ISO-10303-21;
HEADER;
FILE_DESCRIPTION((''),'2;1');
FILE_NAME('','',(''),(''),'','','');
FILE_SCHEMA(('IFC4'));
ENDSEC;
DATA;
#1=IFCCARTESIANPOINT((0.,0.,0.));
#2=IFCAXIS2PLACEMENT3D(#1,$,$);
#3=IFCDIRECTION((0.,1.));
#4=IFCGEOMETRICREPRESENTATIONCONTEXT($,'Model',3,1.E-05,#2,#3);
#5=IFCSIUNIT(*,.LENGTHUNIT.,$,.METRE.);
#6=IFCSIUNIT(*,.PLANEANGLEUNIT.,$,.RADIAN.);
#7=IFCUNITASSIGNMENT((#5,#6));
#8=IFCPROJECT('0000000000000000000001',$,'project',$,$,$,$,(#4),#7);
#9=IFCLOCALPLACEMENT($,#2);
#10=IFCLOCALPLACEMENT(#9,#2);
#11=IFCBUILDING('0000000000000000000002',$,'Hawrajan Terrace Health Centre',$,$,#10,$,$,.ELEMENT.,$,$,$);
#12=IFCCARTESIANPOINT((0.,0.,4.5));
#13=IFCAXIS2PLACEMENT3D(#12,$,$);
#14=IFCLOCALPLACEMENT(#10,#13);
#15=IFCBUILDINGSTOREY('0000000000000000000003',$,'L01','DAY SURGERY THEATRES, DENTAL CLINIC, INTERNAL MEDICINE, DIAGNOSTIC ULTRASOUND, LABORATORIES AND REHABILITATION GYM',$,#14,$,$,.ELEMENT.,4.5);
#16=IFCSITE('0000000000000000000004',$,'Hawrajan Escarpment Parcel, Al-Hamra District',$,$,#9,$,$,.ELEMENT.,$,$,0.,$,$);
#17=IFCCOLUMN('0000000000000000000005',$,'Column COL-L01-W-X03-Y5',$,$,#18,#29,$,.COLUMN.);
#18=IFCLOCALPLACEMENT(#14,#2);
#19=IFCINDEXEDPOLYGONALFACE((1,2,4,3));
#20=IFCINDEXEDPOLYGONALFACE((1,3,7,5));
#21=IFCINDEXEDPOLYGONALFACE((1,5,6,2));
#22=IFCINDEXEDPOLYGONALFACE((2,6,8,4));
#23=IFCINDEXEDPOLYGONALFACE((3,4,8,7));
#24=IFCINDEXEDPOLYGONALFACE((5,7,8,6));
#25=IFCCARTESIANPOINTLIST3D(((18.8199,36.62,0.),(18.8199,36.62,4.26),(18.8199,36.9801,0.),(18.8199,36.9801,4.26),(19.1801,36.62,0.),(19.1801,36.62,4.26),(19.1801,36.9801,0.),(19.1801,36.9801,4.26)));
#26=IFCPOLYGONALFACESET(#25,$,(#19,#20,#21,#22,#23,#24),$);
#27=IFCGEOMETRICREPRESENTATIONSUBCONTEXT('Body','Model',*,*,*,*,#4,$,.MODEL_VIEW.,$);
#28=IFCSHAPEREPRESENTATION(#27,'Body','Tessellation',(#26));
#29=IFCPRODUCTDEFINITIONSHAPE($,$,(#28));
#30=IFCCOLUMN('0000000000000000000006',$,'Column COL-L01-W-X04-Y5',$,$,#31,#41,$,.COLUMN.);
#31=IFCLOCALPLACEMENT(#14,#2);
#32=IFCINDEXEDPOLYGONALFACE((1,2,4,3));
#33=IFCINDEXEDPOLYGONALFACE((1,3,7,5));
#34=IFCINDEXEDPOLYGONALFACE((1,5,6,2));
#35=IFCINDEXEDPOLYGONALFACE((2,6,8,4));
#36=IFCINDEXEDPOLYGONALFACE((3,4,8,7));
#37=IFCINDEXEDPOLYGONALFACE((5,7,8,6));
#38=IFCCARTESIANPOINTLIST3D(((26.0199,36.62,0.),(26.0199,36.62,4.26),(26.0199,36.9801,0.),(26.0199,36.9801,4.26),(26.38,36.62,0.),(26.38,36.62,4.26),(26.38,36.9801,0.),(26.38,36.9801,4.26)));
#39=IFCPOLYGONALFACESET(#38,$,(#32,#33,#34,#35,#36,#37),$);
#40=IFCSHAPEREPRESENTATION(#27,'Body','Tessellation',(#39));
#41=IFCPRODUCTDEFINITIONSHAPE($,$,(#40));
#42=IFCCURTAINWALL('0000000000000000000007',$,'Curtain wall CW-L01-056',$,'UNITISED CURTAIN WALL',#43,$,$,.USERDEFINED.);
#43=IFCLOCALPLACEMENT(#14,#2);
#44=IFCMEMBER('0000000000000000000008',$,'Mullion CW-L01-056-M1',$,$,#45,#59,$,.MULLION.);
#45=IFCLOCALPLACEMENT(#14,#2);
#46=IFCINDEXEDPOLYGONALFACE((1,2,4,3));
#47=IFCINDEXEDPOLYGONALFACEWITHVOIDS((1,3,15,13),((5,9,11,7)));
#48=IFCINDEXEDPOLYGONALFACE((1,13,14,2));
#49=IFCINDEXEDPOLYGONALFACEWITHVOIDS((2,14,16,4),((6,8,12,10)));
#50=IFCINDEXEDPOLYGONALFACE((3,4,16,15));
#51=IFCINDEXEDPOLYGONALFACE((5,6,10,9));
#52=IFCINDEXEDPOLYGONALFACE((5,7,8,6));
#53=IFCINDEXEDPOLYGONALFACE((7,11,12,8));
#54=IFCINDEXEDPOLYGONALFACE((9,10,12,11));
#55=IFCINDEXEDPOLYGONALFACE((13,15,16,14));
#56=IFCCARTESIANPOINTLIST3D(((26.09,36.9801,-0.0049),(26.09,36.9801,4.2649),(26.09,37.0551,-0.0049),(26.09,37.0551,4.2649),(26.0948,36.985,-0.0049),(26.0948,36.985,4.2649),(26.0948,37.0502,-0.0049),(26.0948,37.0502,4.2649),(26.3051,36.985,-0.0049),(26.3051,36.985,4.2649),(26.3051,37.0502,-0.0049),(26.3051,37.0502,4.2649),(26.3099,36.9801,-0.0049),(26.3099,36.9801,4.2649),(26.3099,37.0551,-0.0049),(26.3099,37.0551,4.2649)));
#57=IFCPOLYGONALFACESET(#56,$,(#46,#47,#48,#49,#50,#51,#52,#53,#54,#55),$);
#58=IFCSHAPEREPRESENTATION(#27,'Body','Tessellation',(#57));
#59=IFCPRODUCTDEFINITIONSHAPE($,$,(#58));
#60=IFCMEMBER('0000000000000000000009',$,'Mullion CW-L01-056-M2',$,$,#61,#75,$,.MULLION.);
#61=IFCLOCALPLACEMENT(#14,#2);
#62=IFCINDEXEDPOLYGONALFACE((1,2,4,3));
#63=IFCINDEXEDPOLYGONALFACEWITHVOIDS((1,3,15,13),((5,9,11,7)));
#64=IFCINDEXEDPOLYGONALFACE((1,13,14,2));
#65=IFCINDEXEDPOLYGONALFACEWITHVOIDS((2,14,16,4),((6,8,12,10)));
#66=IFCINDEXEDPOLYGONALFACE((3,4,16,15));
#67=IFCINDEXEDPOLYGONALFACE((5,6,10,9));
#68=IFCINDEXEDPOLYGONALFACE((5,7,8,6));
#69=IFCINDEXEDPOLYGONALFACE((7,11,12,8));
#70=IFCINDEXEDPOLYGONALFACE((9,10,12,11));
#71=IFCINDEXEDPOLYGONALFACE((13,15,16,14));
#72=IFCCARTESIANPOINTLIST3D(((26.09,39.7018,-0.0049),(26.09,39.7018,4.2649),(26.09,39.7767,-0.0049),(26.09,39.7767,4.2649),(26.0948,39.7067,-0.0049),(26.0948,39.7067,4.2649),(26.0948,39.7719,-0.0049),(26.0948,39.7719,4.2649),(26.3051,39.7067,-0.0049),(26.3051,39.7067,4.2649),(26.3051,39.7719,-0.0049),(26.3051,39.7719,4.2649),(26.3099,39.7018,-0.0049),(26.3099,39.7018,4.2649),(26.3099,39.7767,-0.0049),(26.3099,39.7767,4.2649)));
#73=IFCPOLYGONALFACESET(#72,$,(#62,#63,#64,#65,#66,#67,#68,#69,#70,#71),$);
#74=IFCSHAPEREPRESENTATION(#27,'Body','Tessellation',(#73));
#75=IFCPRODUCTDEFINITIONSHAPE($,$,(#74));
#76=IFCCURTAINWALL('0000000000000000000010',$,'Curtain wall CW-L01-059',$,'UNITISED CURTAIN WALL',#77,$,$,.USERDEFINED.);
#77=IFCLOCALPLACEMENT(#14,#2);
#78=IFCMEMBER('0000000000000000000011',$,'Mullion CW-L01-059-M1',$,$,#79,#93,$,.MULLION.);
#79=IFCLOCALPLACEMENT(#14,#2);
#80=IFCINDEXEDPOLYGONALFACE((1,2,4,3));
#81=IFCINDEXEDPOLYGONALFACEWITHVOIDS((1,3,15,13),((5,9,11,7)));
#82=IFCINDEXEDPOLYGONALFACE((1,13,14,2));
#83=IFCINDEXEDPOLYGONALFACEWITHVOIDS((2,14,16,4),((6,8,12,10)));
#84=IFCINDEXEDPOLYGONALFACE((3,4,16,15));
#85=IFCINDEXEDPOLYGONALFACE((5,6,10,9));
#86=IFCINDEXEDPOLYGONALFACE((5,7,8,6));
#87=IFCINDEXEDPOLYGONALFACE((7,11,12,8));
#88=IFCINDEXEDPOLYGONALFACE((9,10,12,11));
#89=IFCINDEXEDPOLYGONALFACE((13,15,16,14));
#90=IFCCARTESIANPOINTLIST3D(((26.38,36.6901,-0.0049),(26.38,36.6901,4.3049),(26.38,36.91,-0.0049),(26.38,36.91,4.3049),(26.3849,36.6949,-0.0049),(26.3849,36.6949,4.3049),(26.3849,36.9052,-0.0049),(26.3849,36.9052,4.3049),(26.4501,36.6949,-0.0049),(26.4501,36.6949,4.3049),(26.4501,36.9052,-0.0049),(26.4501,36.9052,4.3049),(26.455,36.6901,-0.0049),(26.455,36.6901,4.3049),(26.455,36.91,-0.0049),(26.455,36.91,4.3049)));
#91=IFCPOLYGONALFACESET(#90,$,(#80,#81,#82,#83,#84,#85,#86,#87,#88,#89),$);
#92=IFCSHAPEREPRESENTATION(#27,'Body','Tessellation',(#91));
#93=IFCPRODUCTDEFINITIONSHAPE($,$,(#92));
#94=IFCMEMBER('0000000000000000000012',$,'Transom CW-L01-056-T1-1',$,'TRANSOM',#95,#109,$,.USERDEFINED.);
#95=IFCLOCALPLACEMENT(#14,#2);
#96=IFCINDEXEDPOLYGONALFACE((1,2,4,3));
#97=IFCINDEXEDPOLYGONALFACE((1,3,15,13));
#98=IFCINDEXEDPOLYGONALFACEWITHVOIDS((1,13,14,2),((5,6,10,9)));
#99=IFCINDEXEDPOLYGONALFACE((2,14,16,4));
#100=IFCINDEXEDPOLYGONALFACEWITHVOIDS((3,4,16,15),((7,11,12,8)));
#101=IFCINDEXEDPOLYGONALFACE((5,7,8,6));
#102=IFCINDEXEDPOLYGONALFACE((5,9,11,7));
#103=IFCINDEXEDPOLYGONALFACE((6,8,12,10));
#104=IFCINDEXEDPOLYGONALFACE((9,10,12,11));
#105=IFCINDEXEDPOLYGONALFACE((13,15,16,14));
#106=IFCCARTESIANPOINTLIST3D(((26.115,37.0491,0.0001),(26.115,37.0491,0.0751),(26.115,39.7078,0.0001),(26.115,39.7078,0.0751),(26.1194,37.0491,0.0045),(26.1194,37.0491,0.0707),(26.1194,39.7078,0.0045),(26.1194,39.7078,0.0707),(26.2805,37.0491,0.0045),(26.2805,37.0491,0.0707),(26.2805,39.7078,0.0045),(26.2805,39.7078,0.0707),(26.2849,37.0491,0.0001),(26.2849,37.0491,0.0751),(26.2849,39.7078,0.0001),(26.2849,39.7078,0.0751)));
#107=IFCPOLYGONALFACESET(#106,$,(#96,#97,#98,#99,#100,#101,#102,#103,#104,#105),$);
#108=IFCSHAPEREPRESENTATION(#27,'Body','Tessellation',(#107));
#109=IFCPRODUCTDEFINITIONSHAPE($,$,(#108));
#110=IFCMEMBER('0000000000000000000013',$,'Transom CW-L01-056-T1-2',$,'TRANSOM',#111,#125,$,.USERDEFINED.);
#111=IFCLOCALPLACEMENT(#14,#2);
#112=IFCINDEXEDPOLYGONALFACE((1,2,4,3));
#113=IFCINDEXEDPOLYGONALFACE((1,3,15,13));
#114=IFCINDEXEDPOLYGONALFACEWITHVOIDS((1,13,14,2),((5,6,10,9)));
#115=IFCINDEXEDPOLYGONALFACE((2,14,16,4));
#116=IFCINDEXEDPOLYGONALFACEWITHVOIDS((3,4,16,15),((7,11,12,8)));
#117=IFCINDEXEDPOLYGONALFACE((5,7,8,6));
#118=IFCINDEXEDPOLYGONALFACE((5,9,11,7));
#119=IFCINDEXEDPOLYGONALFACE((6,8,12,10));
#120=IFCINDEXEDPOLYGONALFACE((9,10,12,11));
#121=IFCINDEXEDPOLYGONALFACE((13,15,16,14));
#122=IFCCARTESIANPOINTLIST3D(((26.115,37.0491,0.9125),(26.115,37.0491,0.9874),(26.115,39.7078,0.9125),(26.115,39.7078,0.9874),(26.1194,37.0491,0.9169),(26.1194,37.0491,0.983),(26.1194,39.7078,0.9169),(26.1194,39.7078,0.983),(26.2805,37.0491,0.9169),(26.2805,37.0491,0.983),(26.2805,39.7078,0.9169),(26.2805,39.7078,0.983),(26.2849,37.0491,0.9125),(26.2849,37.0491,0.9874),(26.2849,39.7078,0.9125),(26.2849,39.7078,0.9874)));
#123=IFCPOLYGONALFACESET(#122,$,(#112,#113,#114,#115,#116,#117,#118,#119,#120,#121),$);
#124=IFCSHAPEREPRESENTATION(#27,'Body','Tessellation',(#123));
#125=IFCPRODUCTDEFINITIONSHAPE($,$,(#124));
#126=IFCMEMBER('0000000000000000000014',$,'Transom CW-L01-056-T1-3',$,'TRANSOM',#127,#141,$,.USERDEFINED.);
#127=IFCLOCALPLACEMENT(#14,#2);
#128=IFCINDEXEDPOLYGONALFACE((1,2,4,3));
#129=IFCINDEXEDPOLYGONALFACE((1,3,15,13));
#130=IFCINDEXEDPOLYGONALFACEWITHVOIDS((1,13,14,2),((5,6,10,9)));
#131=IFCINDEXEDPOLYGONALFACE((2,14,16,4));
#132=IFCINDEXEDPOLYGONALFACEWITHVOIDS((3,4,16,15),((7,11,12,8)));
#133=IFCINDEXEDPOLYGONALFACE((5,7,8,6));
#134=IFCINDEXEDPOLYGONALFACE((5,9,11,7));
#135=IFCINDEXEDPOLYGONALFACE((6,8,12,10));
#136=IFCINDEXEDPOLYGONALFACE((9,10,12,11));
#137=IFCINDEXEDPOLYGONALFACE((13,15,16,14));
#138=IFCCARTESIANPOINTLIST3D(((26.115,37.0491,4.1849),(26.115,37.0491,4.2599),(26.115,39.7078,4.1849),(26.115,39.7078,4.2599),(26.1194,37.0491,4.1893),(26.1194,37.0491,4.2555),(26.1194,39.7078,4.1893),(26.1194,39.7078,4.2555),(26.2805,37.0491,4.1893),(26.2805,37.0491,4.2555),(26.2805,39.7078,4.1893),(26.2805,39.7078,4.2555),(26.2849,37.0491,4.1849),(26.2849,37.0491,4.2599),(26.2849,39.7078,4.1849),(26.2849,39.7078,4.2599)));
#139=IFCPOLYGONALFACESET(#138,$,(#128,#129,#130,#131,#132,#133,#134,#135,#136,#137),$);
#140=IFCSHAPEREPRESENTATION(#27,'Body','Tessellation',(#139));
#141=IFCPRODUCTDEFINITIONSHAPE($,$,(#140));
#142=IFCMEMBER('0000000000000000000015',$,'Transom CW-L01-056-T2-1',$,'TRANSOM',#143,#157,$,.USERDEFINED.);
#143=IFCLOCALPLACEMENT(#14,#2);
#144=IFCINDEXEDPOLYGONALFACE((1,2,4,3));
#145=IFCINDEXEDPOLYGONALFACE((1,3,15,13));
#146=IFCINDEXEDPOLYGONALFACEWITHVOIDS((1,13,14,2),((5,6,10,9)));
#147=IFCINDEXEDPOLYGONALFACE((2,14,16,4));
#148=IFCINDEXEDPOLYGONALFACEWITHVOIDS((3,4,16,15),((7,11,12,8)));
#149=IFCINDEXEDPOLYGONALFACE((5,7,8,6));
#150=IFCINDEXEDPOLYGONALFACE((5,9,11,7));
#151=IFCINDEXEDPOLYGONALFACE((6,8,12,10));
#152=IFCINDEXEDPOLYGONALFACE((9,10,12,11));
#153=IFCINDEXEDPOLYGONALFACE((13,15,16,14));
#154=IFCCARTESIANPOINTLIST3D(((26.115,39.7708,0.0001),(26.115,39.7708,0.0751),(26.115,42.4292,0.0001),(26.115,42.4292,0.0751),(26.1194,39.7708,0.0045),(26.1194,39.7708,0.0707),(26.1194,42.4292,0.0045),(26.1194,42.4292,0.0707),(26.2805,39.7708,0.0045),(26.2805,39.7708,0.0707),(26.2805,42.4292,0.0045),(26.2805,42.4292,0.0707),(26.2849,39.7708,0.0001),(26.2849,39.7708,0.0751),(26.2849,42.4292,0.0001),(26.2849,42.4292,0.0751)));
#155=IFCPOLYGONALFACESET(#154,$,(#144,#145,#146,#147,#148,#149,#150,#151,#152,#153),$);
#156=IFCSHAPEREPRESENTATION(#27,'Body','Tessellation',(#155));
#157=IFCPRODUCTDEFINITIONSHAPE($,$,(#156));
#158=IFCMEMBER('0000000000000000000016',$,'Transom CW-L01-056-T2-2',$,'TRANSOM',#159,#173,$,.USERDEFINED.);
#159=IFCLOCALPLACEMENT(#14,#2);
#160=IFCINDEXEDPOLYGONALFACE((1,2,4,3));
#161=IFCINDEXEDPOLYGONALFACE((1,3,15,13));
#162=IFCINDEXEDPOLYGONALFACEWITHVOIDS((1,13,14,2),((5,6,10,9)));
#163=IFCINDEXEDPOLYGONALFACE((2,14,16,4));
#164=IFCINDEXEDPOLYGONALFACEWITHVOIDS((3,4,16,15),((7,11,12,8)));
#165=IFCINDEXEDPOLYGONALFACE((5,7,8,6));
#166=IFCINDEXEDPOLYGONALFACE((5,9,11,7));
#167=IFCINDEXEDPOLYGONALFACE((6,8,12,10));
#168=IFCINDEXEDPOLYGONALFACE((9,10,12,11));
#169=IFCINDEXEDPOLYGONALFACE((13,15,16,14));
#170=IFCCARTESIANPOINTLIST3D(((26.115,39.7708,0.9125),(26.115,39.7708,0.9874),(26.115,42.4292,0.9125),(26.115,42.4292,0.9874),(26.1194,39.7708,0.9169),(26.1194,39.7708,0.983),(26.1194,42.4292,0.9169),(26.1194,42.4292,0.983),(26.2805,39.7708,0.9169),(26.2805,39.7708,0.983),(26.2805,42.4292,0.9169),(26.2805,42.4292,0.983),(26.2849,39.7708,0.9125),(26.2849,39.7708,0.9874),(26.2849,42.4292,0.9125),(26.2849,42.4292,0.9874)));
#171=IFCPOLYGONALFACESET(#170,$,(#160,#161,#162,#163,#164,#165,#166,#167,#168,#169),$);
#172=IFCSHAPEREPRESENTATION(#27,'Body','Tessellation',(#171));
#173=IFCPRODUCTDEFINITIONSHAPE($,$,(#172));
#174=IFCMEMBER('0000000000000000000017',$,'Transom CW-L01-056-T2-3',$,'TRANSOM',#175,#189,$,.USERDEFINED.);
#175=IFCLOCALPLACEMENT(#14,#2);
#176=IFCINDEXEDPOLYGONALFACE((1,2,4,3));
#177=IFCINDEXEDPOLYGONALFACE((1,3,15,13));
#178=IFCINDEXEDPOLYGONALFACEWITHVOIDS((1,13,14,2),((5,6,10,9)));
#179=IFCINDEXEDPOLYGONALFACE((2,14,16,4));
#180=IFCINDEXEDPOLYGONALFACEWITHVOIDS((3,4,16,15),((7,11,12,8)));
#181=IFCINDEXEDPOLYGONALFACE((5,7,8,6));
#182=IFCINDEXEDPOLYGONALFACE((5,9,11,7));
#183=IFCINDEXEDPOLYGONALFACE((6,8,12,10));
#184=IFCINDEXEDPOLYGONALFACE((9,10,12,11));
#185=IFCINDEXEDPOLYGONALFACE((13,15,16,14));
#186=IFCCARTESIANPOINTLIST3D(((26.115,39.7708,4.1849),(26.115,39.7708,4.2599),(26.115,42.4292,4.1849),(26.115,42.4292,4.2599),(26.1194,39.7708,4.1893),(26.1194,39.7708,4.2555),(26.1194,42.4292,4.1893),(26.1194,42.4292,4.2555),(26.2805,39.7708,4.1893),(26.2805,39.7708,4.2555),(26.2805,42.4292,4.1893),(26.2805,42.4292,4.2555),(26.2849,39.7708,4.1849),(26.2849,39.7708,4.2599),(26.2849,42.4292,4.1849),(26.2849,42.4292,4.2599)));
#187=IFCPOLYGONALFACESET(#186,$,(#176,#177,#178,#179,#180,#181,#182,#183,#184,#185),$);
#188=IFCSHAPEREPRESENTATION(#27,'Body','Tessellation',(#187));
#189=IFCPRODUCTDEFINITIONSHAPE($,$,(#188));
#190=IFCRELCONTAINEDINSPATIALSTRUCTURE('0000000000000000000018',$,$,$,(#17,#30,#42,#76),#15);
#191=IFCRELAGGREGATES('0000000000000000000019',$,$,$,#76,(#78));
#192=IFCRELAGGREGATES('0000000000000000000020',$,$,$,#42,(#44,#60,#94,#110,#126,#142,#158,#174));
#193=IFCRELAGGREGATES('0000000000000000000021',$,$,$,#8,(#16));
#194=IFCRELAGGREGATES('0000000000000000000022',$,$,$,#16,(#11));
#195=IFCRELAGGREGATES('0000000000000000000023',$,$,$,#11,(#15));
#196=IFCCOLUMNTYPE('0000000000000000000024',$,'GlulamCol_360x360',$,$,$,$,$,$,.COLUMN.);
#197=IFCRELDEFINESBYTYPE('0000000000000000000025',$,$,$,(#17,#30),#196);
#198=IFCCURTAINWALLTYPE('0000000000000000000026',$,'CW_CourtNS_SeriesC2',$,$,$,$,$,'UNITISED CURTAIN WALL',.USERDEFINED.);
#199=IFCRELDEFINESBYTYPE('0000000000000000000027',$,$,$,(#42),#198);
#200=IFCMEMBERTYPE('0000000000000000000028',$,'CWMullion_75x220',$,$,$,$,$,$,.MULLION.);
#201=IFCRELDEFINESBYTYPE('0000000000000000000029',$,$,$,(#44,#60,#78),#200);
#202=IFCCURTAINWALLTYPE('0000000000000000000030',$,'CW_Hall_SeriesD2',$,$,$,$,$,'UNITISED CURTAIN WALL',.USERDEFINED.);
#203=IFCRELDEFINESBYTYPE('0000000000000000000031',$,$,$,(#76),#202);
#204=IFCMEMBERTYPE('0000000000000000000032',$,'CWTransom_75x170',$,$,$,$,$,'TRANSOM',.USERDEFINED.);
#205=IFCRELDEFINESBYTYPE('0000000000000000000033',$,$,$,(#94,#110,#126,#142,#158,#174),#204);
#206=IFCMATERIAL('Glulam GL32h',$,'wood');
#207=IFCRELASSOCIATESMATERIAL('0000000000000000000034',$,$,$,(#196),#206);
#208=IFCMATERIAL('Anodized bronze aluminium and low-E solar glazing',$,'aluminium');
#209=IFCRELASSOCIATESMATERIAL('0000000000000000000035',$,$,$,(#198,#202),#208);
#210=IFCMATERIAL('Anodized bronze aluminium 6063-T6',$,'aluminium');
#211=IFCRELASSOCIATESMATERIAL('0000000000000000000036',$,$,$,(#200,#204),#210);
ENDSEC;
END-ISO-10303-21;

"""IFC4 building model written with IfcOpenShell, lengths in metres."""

from ifc_helpers import new_model, si_unit, direction, frame, origin, origin_2d, place, context, subcontext, project, spatial, rectangle, hollow_rectangle, extrude, material, material_profile, profile_set, type_object, element, aggregate, save


model = new_model("IFC4")

# Units and contexts
model_context = context("Model", 3, precision=1e-05, world=origin(), true_north=direction((0.0, 1.0)))
body_context = subcontext(model_context, "Body", "Model", "MODEL_VIEW")
ifc_project = project(units=[si_unit("LENGTHUNIT", "METRE"), si_unit("PLANEANGLEUNIT", "RADIAN")], contexts=[model_context])

# Site, building, storey
site_placement = place(None, origin())
site = spatial("IfcSite", under=ifc_project, at=site_placement, Name="Hawrajan Escarpment Parcel, Al-Hamra District", CompositionType="ELEMENT", RefElevation=0.0)
building_placement = place(site_placement, origin())
building = spatial("IfcBuilding", under=site, at=building_placement, Name="Hawrajan Terrace Health Centre", CompositionType="ELEMENT")
storey_placement = place(building_placement, frame((0.0, 0.0, 4.5)))
storey = spatial("IfcBuildingStorey", under=building, at=storey_placement, Name="L01", Description="DAY SURGERY THEATRES, DENTAL CLINIC, INTERNAL MEDICINE, DIAGNOSTIC ULTRASOUND, LABORATORIES AND REHABILITATION GYM", CompositionType="ELEMENT", Elevation=4.5)

# Columns
ifc_material_1 = material(Name="Glulam GL32h", Category="wood")
ifc_material_profile_1 = material_profile(ifc_material_1, rectangle(XDim=0.3601, YDim=0.3601, at=origin_2d()), Name="GL 360x360")
ifc_profile_set_1 = profile_set([ifc_material_profile_1], Name="Glulam GL32h")
column_type = type_object("IfcColumnType", Name="GlulamCol_360x360", PredefinedType="COLUMN", material=ifc_profile_set_1)
for number, where, z_axis, x_axis, name in (
    (1, (19.0, 36.8, 0.0), (0.0, 0.0, 1.0), (1.0, 0.0, 0.0), "Column COL-L01-W-X03-Y5"),
    (2, (26.2, 36.8, 0.0), (0.0, 0.0, 1.0), (1.0, 0.0, 0.0), "Column COL-L01-W-X04-Y5"),
):
    element("IfcColumn", number, at=place(storey_placement, frame(where, z_axis=z_axis, x_axis=x_axis)), inside=storey, type_object=column_type, Name=name, PredefinedType="COLUMN", context=body_context, shape_type="SweptSolid", body=[
        extrude(rectangle(XDim=0.3601, YDim=0.3601, at=origin_2d()), origin(), (0.0, 0.0, 1.0), 4.26),
    ])

# Curtain wall, members
ifc_material_2 = material(Name="Anodized bronze aluminium and low-E solar glazing", Category="aluminium")
curtain_wall_type_1 = type_object("IfcCurtainWallType", Name="CW_CourtNS_SeriesC2", ElementType="UNITISED CURTAIN WALL", PredefinedType="USERDEFINED", material=ifc_material_2)
curtain_wall_1_placement = place(storey_placement, origin())
curtain_wall_1 = element("IfcCurtainWall", 3, at=curtain_wall_1_placement, inside=storey, type_object=curtain_wall_type_1, Name="Curtain wall CW-L01-056", ObjectType="UNITISED CURTAIN WALL", PredefinedType="USERDEFINED")
ifc_material_3 = material(Name="Anodized bronze aluminium 6063-T6", Category="aluminium")
ifc_material_profile_2 = material_profile(ifc_material_3, hollow_rectangle(XDim=0.075, YDim=0.22, WallThickness=0.0049, at=origin_2d()), Name="CW MUL 75x220")
ifc_profile_set_2 = profile_set([ifc_material_profile_2], Name="Anodized bronze aluminium 6063-T6")
member_type_1 = type_object("IfcMemberType", Name="CWMullion_75x220", PredefinedType="MULLION", material=ifc_profile_set_2)
member_1_placement = place(storey_placement, frame((26.2, 37.0176, -0.0049), z_axis=(0.0, 0.0, 1.0), x_axis=(0.0, 1.0, 0.0)))
member_1 = element("IfcMember", 4, at=member_1_placement, type_object=member_type_1, Name="Mullion CW-L01-056-M1", PredefinedType="MULLION", context=body_context, shape_type="SweptSolid", body=[
    extrude(hollow_rectangle(XDim=0.075, YDim=0.22, WallThickness=0.0049, at=origin_2d()), origin(), (0.0, 0.0, 1.0), 4.2698),
])
member_2_placement = place(storey_placement, frame((26.2, 39.7393, -0.0049), z_axis=(0.0, 0.0, 1.0), x_axis=(0.0, 1.0, 0.0)))
member_2 = element("IfcMember", 5, at=member_2_placement, type_object=member_type_1, Name="Mullion CW-L01-056-M2", PredefinedType="MULLION", context=body_context, shape_type="SweptSolid", body=[
    extrude(hollow_rectangle(XDim=0.075, YDim=0.22, WallThickness=0.0049, at=origin_2d()), origin(), (0.0, 0.0, 1.0), 4.2698),
])

# Curtain wall, member
curtain_wall_type_2 = type_object("IfcCurtainWallType", Name="CW_Hall_SeriesD2", ElementType="UNITISED CURTAIN WALL", PredefinedType="USERDEFINED", material=ifc_material_2)
curtain_wall_2_placement = place(storey_placement, origin())
curtain_wall_2 = element("IfcCurtainWall", 6, at=curtain_wall_2_placement, inside=storey, type_object=curtain_wall_type_2, Name="Curtain wall CW-L01-059", ObjectType="UNITISED CURTAIN WALL", PredefinedType="USERDEFINED")
member_3_placement = place(storey_placement, frame((26.4175, 36.8, -0.0049), z_axis=(0.0, 0.0, 1.0), x_axis=(1.0, 0.0, 0.0)))
member_3 = element("IfcMember", 7, at=member_3_placement, type_object=member_type_1, Name="Mullion CW-L01-059-M1", PredefinedType="MULLION", context=body_context, shape_type="SweptSolid", body=[
    extrude(hollow_rectangle(XDim=0.075, YDim=0.22, WallThickness=0.0049, at=origin_2d()), origin(), (0.0, 0.0, 1.0), 4.3098),
])

# Members
ifc_material_profile_3 = material_profile(ifc_material_3, hollow_rectangle(XDim=0.075, YDim=0.1699, WallThickness=0.0044, at=origin_2d()), Name="CW TRN 75x170")
ifc_profile_set_3 = profile_set([ifc_material_profile_3], Name="Anodized bronze aluminium 6063-T6")
member_type_2 = type_object("IfcMemberType", Name="CWTransom_75x170", ElementType="TRANSOM", PredefinedType="USERDEFINED", material=ifc_profile_set_3)
member_4_placement = place(storey_placement, frame((26.2, 37.0491, 0.0376), z_axis=(0.0, 1.0, 0.0), x_axis=(0.0, 0.0, 1.0)))
member_4 = element("IfcMember", 8, at=member_4_placement, type_object=member_type_2, Name="Transom CW-L01-056-T1-1", ObjectType="TRANSOM", PredefinedType="USERDEFINED", context=body_context, shape_type="SweptSolid", body=[
    extrude(hollow_rectangle(XDim=0.075, YDim=0.1699, WallThickness=0.0044, at=origin_2d()), origin(), (0.0, 0.0, 1.0), 2.6587),
])
member_5_placement = place(storey_placement, frame((26.2, 37.0491, 0.95), z_axis=(0.0, 1.0, 0.0), x_axis=(0.0, 0.0, 1.0)))
member_5 = element("IfcMember", 9, at=member_5_placement, type_object=member_type_2, Name="Transom CW-L01-056-T1-2", ObjectType="TRANSOM", PredefinedType="USERDEFINED", context=body_context, shape_type="SweptSolid", body=[
    extrude(hollow_rectangle(XDim=0.075, YDim=0.1699, WallThickness=0.0044, at=origin_2d()), origin(), (0.0, 0.0, 1.0), 2.6587),
])
member_6_placement = place(storey_placement, frame((26.2, 37.0491, 4.2224), z_axis=(0.0, 1.0, 0.0), x_axis=(0.0, 0.0, 1.0)))
member_6 = element("IfcMember", 10, at=member_6_placement, type_object=member_type_2, Name="Transom CW-L01-056-T1-3", ObjectType="TRANSOM", PredefinedType="USERDEFINED", context=body_context, shape_type="SweptSolid", body=[
    extrude(hollow_rectangle(XDim=0.075, YDim=0.1699, WallThickness=0.0044, at=origin_2d()), origin(), (0.0, 0.0, 1.0), 2.6587),
])
member_7_placement = place(storey_placement, frame((26.2, 39.7708, 0.0376), z_axis=(0.0, 1.0, 0.0), x_axis=(0.0, 0.0, 1.0)))
member_7 = element("IfcMember", 11, at=member_7_placement, type_object=member_type_2, Name="Transom CW-L01-056-T2-1", ObjectType="TRANSOM", PredefinedType="USERDEFINED", context=body_context, shape_type="SweptSolid", body=[
    extrude(hollow_rectangle(XDim=0.075, YDim=0.1699, WallThickness=0.0044, at=origin_2d()), origin(), (0.0, 0.0, 1.0), 2.6584),
])
member_8_placement = place(storey_placement, frame((26.2, 39.7708, 0.95), z_axis=(0.0, 1.0, 0.0), x_axis=(0.0, 0.0, 1.0)))
member_8 = element("IfcMember", 12, at=member_8_placement, type_object=member_type_2, Name="Transom CW-L01-056-T2-2", ObjectType="TRANSOM", PredefinedType="USERDEFINED", context=body_context, shape_type="SweptSolid", body=[
    extrude(hollow_rectangle(XDim=0.075, YDim=0.1699, WallThickness=0.0044, at=origin_2d()), origin(), (0.0, 0.0, 1.0), 2.6584),
])
member_9_placement = place(storey_placement, frame((26.2, 39.7708, 4.2224), z_axis=(0.0, 1.0, 0.0), x_axis=(0.0, 0.0, 1.0)))
member_9 = element("IfcMember", 13, at=member_9_placement, type_object=member_type_2, Name="Transom CW-L01-056-T2-3", ObjectType="TRANSOM", PredefinedType="USERDEFINED", context=body_context, shape_type="SweptSolid", body=[
    extrude(hollow_rectangle(XDim=0.075, YDim=0.1699, WallThickness=0.0044, at=origin_2d()), origin(), (0.0, 0.0, 1.0), 2.6584),
])
aggregate(curtain_wall_2, [member_3])

aggregate(curtain_wall_1, [member_1, member_2, member_4, member_5, member_6, member_7, member_8, member_9])

save(model, "model.ifc")
